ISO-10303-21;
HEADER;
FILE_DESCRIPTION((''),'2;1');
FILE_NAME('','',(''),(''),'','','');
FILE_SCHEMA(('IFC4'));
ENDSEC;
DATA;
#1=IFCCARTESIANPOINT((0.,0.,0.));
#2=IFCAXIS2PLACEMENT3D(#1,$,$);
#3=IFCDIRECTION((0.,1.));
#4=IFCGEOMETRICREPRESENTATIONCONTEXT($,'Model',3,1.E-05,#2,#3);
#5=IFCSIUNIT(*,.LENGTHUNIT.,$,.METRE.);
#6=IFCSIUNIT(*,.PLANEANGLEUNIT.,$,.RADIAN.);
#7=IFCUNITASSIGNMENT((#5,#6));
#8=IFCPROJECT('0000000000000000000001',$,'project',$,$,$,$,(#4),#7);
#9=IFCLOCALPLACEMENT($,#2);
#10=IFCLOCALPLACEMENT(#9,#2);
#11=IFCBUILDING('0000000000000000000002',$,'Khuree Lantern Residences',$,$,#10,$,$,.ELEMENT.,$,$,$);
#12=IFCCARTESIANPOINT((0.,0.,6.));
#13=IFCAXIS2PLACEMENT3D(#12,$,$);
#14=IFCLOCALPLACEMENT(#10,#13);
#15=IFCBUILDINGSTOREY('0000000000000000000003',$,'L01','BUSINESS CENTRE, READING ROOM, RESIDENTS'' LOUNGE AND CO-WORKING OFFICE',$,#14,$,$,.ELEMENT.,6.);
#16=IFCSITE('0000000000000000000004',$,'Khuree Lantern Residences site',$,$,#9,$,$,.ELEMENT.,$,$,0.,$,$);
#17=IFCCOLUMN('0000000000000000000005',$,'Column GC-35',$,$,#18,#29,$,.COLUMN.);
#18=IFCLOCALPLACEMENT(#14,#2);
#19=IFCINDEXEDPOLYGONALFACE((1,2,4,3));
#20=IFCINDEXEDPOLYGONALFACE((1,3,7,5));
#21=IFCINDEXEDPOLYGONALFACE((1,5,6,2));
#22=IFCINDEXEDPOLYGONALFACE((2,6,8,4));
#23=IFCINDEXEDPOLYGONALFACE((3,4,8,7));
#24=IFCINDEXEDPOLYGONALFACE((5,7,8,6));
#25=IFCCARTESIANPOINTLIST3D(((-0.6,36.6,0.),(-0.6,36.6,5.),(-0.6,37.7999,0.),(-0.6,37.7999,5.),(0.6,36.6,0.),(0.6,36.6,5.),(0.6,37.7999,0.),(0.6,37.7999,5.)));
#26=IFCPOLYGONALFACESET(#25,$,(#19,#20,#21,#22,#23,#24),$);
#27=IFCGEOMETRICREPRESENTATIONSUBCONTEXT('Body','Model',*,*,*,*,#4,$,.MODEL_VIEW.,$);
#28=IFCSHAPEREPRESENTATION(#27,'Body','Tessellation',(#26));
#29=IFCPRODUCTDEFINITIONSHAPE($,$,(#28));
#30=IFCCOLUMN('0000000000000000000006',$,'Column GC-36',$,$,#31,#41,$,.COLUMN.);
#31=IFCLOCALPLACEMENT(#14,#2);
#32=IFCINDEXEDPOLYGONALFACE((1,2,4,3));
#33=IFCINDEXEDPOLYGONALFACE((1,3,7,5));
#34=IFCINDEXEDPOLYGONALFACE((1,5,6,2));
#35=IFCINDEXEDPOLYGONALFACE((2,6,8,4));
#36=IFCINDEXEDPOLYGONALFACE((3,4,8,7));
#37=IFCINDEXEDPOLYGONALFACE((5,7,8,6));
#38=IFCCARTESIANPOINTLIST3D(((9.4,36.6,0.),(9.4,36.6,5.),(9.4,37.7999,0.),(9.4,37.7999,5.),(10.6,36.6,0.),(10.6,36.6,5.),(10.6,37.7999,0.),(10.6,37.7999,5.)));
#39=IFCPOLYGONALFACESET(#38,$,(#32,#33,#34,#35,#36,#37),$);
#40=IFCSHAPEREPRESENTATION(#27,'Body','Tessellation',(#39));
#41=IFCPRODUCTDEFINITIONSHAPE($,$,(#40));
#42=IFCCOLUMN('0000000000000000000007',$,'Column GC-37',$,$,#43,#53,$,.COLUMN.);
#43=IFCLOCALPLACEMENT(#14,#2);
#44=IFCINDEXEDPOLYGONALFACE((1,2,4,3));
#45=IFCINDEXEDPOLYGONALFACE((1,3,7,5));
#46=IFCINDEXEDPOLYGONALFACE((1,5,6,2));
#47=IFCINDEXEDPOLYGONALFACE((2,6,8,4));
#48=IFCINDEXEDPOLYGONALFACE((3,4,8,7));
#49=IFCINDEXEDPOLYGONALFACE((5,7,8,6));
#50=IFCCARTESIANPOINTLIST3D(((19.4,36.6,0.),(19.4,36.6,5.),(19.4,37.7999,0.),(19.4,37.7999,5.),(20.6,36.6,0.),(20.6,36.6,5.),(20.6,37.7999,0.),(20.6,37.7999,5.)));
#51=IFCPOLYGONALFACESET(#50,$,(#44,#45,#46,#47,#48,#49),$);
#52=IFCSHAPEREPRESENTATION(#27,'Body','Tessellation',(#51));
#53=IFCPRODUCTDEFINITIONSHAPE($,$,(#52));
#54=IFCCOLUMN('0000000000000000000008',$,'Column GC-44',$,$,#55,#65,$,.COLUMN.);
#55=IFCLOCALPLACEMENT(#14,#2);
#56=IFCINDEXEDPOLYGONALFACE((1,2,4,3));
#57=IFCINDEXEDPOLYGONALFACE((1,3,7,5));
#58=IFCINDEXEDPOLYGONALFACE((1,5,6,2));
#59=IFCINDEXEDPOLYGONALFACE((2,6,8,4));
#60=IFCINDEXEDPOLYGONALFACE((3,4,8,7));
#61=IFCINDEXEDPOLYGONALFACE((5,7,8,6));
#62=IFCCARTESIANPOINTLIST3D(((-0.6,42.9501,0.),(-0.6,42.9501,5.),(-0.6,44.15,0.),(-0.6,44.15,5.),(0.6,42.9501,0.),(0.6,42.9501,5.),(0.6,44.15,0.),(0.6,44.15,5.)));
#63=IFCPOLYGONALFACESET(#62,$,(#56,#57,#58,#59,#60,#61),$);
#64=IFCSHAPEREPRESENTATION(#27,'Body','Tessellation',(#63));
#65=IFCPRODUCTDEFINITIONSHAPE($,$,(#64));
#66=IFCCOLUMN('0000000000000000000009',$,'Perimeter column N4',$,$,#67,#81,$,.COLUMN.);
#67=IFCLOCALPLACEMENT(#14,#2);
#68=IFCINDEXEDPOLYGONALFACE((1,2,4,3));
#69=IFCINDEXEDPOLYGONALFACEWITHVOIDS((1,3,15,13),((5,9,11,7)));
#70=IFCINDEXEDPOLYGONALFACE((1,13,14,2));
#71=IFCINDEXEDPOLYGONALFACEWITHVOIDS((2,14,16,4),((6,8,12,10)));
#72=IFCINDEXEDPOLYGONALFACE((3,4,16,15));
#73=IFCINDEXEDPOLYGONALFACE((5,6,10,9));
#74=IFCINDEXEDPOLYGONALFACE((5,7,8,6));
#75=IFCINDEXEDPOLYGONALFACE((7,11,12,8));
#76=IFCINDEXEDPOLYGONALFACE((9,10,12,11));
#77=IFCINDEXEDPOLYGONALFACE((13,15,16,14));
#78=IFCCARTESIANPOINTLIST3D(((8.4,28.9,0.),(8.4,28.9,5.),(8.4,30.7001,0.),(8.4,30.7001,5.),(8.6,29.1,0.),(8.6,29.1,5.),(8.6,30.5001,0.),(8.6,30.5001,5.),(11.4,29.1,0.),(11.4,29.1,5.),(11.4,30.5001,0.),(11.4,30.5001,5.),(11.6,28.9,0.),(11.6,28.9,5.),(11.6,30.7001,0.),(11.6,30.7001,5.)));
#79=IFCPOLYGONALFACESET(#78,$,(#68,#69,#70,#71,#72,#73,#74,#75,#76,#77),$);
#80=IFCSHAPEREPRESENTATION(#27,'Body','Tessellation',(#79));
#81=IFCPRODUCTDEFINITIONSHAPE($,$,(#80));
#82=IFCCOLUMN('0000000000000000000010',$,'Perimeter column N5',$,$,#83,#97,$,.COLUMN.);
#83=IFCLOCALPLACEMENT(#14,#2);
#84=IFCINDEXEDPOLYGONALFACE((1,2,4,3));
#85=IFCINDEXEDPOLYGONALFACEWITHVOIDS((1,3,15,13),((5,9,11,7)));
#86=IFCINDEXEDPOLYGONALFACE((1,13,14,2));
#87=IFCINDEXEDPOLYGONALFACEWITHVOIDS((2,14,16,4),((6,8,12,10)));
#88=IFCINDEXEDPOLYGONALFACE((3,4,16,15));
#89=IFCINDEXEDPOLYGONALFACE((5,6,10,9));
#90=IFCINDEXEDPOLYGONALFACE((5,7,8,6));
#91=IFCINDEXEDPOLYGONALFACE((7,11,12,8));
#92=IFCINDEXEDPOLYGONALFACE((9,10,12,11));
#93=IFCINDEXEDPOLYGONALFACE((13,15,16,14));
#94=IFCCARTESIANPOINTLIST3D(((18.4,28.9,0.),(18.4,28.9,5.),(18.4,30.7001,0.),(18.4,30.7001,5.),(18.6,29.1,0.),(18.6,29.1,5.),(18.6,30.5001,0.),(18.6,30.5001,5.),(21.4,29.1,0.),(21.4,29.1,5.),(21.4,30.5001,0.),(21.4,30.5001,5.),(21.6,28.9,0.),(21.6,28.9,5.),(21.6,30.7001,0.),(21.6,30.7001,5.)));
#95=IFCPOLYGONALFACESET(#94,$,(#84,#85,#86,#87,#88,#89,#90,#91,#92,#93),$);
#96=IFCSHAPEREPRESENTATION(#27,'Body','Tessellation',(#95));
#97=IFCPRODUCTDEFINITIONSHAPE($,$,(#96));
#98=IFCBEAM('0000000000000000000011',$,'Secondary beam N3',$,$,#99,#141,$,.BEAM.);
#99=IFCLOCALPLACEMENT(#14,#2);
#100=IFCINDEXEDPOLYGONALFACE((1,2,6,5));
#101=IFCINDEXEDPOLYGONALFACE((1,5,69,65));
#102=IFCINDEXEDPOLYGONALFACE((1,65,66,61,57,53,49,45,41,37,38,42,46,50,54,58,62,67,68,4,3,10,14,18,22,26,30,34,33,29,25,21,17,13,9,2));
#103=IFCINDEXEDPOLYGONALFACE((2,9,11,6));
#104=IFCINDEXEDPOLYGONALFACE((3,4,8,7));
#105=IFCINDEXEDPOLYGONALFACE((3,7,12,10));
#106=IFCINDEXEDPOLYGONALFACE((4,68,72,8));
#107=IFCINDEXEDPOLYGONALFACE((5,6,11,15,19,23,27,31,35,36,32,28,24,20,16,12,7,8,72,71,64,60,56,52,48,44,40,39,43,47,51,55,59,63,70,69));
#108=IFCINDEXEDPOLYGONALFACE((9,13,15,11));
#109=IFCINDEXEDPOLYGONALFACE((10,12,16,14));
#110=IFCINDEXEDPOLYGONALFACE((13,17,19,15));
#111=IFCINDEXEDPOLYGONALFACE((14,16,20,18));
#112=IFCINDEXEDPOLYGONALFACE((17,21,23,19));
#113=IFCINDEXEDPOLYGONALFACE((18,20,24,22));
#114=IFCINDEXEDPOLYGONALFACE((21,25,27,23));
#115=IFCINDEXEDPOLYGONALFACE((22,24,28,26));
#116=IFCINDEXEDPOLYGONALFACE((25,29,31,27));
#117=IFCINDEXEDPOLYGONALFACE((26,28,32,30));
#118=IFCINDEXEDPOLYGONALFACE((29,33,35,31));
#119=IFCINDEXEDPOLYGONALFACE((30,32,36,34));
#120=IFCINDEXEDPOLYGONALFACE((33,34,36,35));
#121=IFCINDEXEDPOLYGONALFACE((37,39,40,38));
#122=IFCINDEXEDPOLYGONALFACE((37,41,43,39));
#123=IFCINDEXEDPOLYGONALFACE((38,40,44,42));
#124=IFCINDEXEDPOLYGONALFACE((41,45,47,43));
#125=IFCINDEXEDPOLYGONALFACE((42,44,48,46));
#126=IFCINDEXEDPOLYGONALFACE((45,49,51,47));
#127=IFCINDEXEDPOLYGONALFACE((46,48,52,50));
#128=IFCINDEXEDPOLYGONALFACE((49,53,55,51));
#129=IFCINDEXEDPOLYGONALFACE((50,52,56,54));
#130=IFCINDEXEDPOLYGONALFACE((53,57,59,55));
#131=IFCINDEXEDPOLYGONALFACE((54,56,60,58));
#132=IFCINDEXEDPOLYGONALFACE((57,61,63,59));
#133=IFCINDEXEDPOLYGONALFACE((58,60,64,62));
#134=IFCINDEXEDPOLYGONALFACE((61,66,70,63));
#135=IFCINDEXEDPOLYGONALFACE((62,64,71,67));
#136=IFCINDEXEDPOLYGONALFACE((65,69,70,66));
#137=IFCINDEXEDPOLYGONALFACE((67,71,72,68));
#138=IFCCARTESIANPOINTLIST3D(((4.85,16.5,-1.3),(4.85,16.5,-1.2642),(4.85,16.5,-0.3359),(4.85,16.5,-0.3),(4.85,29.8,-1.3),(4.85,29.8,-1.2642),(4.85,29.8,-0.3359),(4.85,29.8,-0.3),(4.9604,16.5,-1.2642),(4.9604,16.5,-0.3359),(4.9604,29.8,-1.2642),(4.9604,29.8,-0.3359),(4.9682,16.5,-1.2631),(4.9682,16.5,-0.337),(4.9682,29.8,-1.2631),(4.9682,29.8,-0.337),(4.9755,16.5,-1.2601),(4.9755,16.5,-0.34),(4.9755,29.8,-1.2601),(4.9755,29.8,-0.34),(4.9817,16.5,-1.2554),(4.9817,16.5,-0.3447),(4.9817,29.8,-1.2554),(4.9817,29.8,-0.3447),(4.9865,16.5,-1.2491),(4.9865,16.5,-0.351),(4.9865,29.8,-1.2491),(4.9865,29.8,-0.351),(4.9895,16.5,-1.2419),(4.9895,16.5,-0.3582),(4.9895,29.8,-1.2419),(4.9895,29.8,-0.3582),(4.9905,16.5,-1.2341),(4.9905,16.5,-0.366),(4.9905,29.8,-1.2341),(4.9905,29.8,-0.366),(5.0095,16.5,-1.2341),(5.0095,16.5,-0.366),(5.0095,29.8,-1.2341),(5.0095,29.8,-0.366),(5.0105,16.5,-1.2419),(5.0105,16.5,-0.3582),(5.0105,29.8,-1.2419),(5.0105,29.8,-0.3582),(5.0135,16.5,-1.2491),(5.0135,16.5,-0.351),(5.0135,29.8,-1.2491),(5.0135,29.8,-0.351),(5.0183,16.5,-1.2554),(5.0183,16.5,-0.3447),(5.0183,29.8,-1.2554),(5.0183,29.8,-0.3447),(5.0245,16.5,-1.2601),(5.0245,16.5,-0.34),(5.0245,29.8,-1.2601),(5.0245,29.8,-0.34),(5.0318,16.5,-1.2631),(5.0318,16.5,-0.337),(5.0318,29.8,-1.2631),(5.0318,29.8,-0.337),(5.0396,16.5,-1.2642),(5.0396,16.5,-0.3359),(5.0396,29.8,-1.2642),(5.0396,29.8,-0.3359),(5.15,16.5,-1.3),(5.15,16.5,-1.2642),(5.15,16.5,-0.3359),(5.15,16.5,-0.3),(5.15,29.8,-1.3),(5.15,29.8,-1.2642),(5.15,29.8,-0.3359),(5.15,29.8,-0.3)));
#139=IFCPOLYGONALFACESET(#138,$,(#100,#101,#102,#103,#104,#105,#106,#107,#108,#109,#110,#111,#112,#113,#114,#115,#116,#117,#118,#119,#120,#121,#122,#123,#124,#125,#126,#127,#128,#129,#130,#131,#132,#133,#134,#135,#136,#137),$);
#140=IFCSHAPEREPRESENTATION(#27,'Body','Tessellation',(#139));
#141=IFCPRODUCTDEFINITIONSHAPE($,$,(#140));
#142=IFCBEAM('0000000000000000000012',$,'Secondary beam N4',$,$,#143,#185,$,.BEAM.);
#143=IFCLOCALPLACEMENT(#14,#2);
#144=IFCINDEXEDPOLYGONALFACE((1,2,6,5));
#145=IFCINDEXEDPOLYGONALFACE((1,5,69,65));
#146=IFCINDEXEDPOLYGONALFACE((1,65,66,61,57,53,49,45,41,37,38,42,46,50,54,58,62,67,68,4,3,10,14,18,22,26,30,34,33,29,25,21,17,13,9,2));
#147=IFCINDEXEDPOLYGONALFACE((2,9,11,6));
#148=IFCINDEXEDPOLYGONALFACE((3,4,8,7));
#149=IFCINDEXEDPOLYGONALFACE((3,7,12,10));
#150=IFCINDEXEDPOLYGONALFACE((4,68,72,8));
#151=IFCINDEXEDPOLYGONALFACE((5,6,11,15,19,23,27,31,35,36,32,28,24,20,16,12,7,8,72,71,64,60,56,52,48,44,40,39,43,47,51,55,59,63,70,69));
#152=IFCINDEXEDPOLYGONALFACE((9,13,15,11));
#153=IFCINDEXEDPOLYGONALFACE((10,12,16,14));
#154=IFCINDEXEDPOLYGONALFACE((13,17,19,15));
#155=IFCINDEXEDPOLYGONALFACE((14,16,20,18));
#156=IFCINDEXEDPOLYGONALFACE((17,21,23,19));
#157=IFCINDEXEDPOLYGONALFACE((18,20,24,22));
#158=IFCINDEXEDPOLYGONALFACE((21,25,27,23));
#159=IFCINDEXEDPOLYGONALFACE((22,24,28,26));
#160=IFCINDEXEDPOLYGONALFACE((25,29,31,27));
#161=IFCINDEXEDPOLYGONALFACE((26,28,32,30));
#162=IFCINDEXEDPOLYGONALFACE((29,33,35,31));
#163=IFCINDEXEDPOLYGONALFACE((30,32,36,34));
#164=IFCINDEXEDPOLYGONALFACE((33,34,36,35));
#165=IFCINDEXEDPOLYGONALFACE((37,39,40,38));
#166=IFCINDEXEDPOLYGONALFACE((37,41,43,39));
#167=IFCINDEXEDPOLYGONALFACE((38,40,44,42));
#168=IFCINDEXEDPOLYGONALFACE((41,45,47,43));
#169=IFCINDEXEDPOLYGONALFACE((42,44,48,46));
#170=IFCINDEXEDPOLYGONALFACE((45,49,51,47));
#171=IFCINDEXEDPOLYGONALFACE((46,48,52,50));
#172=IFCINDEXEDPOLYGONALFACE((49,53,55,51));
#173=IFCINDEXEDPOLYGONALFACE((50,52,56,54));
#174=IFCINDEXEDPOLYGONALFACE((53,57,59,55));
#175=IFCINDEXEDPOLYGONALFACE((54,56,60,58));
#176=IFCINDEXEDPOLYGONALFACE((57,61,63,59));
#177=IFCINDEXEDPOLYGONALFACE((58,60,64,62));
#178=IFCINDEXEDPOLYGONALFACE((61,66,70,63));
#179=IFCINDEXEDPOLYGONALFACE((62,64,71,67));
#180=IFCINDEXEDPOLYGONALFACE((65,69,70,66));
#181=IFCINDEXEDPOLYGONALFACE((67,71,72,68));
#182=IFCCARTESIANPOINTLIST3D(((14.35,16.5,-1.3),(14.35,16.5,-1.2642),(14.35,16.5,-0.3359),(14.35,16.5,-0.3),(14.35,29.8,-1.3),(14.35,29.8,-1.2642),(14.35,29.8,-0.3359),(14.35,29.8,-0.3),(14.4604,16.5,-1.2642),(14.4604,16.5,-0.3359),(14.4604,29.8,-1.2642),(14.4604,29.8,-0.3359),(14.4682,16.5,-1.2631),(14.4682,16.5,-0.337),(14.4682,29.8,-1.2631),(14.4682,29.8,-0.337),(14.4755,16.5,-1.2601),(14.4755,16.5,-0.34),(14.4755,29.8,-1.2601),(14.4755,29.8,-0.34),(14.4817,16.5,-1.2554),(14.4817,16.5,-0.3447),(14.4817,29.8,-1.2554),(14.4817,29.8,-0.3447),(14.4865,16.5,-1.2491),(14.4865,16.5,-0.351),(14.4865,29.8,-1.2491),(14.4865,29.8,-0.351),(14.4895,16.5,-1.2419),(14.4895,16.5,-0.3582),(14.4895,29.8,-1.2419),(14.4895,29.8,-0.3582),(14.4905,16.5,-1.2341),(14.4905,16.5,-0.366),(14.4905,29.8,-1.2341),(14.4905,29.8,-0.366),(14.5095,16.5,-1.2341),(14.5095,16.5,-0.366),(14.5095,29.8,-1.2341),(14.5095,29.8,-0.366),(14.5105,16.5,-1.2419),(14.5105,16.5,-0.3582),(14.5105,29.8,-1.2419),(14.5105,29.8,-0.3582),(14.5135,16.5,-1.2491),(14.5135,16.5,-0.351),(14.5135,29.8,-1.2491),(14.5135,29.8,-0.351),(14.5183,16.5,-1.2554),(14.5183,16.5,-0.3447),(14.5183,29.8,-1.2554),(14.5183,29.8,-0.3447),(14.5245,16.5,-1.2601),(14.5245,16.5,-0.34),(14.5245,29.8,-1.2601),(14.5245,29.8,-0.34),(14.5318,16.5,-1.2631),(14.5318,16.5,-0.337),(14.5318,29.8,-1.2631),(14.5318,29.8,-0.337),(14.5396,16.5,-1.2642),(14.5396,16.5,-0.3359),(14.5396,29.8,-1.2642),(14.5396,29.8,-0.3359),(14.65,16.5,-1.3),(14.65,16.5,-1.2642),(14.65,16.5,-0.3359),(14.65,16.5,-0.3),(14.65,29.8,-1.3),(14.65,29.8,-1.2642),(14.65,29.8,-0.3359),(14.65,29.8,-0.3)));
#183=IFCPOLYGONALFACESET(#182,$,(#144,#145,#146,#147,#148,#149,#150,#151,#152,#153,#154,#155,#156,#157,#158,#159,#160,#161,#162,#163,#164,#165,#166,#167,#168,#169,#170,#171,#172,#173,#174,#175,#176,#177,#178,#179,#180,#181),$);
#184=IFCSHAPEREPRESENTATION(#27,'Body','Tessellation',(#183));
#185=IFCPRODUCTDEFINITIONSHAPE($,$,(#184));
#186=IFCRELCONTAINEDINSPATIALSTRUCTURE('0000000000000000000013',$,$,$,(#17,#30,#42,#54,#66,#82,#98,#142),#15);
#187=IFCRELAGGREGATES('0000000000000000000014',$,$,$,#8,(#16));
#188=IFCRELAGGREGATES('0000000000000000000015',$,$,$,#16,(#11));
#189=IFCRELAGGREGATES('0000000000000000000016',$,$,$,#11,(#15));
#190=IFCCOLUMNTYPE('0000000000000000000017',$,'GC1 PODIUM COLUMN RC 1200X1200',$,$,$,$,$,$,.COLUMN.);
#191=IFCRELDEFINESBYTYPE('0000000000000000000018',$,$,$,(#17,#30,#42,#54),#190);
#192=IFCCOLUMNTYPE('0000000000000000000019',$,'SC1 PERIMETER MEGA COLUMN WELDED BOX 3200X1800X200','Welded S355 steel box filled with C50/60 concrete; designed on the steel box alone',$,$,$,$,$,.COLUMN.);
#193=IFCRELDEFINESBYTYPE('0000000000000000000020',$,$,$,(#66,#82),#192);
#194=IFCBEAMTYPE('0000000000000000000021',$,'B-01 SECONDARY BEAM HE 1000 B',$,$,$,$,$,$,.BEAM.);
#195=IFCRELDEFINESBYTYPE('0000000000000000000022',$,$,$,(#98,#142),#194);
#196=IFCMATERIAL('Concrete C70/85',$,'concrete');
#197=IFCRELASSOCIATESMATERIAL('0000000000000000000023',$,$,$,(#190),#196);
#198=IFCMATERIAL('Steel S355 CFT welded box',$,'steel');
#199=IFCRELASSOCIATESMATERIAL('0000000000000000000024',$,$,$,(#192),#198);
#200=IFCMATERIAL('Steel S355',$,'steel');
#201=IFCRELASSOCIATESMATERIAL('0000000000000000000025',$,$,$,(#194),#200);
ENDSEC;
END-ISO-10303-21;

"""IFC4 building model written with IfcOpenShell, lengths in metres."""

from ifc_helpers import new_model, si_unit, direction, frame, origin, origin_2d, place, context, subcontext, project, spatial, rectangle, hollow_rectangle, i_section, extrude, material, material_profile, profile_set, type_object, element, save


model = new_model("IFC4")

# Units and contexts
model_context = context("Model", 3, precision=1e-05, world=origin(), true_north=direction((0.0, 1.0)))
body_context = subcontext(model_context, "Body", "Model", "MODEL_VIEW")
ifc_project = project(units=[si_unit("LENGTHUNIT", "METRE"), si_unit("PLANEANGLEUNIT", "RADIAN")], contexts=[model_context])

# Site, building, storey
site_placement = place(None, origin())
site = spatial("IfcSite", under=ifc_project, at=site_placement, Name="Khuree Lantern Residences site", CompositionType="ELEMENT", RefElevation=0.0)
building_placement = place(site_placement, origin())
building = spatial("IfcBuilding", under=site, at=building_placement, Name="Khuree Lantern Residences", CompositionType="ELEMENT")
storey_placement = place(building_placement, frame((0.0, 0.0, 6.0)))
storey = spatial("IfcBuildingStorey", under=building, at=storey_placement, Name="L01", Description="BUSINESS CENTRE, READING ROOM, RESIDENTS' LOUNGE AND CO-WORKING OFFICE", CompositionType="ELEMENT", Elevation=6.0)

# Columns
ifc_material_1 = material(Name="Concrete C70/85", Category="concrete")
ifc_material_profile_1 = material_profile(ifc_material_1, rectangle(XDim=1.2, YDim=1.2, at=origin_2d()), Name="RC 1200X1200")
ifc_profile_set_1 = profile_set([ifc_material_profile_1], Name="Concrete C70/85")
column_type_1 = type_object("IfcColumnType", Name="GC1 PODIUM COLUMN RC 1200X1200", PredefinedType="COLUMN", material=ifc_profile_set_1)
for number, where, z_axis, x_axis, name in (
    (1, (0.0, 37.2, 0.0), (0.0, 0.0, 1.0), (1.0, 0.0, 0.0), "Column GC-35"),
    (2, (10.0, 37.2, 0.0), (0.0, 0.0, 1.0), (1.0, 0.0, 0.0), "Column GC-36"),
    (3, (20.0, 37.2, 0.0), (0.0, 0.0, 1.0), (1.0, 0.0, 0.0), "Column GC-37"),
    (4, (0.0, 43.55, 0.0), (0.0, 0.0, 1.0), (1.0, 0.0, 0.0), "Column GC-44"),
):
    element("IfcColumn", number, at=place(storey_placement, frame(where, z_axis=z_axis, x_axis=x_axis)), inside=storey, type_object=column_type_1, Name=name, PredefinedType="COLUMN", context=body_context, shape_type="SweptSolid", body=[
        extrude(rectangle(XDim=1.2, YDim=1.2, at=origin_2d()), origin(), (0.0, 0.0, 1.0), 5.0),
    ])
ifc_material_2 = material(Name="Steel S355 CFT welded box", Category="steel")
ifc_material_profile_2 = material_profile(ifc_material_2, hollow_rectangle(XDim=3.2, YDim=1.8, WallThickness=0.2, at=origin_2d()), Name="WELDED BOX 3200X1800X200")
ifc_profile_set_2 = profile_set([ifc_material_profile_2], Name="Steel S355 CFT welded box")
column_type_2 = type_object("IfcColumnType", Name="SC1 PERIMETER MEGA COLUMN WELDED BOX 3200X1800X200", Description="Welded S355 steel box filled with C50/60 concrete; designed on the steel box alone", PredefinedType="COLUMN", material=ifc_profile_set_2)
for number, where, z_axis, x_axis, name in (
    (5, (10.0, 29.8, 0.0), (0.0, 0.0, 1.0), (1.0, 0.0, 0.0), "Perimeter column N4"),
    (6, (20.0, 29.8, 0.0), (0.0, 0.0, 1.0), (1.0, 0.0, 0.0), "Perimeter column N5"),
):
    element("IfcColumn", number, at=place(storey_placement, frame(where, z_axis=z_axis, x_axis=x_axis)), inside=storey, type_object=column_type_2, Name=name, PredefinedType="COLUMN", context=body_context, shape_type="SweptSolid", body=[
        extrude(hollow_rectangle(XDim=3.2, YDim=1.8, WallThickness=0.2, at=origin_2d()), origin(), (0.0, 0.0, 1.0), 5.0),
    ])

# Beams
ifc_material_3 = material(Name="Steel S355", Category="steel")
ifc_material_profile_3 = material_profile(ifc_material_3, i_section(OverallWidth=0.3, OverallDepth=1.0, WebThickness=0.019, FlangeThickness=0.0359, FilletRadius=0.03, at=origin_2d()), Name="HE 1000 B")
ifc_profile_set_3 = profile_set([ifc_material_profile_3], Name="Steel S355")
beam_type_1 = type_object("IfcBeamType", Name="B-01 SECONDARY BEAM HE 1000 B", PredefinedType="BEAM", material=ifc_profile_set_3)
for number, where, z_axis, x_axis, name in (
    (7, (5.0, 29.8, -0.8), (0.0, -1.0, 0.0), (1.0, 0.0, 0.0), "Secondary beam N3"),
    (8, (14.5, 29.8, -0.8), (0.0, -1.0, 0.0), (1.0, 0.0, 0.0), "Secondary beam N4"),
):
    element("IfcBeam", number, at=place(storey_placement, frame(where, z_axis=z_axis, x_axis=x_axis)), inside=storey, type_object=beam_type_1, Name=name, PredefinedType="BEAM", context=body_context, shape_type="SweptSolid", body=[
        extrude(i_section(OverallWidth=0.3, OverallDepth=1.0, WebThickness=0.019, FlangeThickness=0.0359, FilletRadius=0.03, at=origin_2d()), origin(), (0.0, 0.0, 1.0), 13.3),
    ])

save(model, "model.ifc")
